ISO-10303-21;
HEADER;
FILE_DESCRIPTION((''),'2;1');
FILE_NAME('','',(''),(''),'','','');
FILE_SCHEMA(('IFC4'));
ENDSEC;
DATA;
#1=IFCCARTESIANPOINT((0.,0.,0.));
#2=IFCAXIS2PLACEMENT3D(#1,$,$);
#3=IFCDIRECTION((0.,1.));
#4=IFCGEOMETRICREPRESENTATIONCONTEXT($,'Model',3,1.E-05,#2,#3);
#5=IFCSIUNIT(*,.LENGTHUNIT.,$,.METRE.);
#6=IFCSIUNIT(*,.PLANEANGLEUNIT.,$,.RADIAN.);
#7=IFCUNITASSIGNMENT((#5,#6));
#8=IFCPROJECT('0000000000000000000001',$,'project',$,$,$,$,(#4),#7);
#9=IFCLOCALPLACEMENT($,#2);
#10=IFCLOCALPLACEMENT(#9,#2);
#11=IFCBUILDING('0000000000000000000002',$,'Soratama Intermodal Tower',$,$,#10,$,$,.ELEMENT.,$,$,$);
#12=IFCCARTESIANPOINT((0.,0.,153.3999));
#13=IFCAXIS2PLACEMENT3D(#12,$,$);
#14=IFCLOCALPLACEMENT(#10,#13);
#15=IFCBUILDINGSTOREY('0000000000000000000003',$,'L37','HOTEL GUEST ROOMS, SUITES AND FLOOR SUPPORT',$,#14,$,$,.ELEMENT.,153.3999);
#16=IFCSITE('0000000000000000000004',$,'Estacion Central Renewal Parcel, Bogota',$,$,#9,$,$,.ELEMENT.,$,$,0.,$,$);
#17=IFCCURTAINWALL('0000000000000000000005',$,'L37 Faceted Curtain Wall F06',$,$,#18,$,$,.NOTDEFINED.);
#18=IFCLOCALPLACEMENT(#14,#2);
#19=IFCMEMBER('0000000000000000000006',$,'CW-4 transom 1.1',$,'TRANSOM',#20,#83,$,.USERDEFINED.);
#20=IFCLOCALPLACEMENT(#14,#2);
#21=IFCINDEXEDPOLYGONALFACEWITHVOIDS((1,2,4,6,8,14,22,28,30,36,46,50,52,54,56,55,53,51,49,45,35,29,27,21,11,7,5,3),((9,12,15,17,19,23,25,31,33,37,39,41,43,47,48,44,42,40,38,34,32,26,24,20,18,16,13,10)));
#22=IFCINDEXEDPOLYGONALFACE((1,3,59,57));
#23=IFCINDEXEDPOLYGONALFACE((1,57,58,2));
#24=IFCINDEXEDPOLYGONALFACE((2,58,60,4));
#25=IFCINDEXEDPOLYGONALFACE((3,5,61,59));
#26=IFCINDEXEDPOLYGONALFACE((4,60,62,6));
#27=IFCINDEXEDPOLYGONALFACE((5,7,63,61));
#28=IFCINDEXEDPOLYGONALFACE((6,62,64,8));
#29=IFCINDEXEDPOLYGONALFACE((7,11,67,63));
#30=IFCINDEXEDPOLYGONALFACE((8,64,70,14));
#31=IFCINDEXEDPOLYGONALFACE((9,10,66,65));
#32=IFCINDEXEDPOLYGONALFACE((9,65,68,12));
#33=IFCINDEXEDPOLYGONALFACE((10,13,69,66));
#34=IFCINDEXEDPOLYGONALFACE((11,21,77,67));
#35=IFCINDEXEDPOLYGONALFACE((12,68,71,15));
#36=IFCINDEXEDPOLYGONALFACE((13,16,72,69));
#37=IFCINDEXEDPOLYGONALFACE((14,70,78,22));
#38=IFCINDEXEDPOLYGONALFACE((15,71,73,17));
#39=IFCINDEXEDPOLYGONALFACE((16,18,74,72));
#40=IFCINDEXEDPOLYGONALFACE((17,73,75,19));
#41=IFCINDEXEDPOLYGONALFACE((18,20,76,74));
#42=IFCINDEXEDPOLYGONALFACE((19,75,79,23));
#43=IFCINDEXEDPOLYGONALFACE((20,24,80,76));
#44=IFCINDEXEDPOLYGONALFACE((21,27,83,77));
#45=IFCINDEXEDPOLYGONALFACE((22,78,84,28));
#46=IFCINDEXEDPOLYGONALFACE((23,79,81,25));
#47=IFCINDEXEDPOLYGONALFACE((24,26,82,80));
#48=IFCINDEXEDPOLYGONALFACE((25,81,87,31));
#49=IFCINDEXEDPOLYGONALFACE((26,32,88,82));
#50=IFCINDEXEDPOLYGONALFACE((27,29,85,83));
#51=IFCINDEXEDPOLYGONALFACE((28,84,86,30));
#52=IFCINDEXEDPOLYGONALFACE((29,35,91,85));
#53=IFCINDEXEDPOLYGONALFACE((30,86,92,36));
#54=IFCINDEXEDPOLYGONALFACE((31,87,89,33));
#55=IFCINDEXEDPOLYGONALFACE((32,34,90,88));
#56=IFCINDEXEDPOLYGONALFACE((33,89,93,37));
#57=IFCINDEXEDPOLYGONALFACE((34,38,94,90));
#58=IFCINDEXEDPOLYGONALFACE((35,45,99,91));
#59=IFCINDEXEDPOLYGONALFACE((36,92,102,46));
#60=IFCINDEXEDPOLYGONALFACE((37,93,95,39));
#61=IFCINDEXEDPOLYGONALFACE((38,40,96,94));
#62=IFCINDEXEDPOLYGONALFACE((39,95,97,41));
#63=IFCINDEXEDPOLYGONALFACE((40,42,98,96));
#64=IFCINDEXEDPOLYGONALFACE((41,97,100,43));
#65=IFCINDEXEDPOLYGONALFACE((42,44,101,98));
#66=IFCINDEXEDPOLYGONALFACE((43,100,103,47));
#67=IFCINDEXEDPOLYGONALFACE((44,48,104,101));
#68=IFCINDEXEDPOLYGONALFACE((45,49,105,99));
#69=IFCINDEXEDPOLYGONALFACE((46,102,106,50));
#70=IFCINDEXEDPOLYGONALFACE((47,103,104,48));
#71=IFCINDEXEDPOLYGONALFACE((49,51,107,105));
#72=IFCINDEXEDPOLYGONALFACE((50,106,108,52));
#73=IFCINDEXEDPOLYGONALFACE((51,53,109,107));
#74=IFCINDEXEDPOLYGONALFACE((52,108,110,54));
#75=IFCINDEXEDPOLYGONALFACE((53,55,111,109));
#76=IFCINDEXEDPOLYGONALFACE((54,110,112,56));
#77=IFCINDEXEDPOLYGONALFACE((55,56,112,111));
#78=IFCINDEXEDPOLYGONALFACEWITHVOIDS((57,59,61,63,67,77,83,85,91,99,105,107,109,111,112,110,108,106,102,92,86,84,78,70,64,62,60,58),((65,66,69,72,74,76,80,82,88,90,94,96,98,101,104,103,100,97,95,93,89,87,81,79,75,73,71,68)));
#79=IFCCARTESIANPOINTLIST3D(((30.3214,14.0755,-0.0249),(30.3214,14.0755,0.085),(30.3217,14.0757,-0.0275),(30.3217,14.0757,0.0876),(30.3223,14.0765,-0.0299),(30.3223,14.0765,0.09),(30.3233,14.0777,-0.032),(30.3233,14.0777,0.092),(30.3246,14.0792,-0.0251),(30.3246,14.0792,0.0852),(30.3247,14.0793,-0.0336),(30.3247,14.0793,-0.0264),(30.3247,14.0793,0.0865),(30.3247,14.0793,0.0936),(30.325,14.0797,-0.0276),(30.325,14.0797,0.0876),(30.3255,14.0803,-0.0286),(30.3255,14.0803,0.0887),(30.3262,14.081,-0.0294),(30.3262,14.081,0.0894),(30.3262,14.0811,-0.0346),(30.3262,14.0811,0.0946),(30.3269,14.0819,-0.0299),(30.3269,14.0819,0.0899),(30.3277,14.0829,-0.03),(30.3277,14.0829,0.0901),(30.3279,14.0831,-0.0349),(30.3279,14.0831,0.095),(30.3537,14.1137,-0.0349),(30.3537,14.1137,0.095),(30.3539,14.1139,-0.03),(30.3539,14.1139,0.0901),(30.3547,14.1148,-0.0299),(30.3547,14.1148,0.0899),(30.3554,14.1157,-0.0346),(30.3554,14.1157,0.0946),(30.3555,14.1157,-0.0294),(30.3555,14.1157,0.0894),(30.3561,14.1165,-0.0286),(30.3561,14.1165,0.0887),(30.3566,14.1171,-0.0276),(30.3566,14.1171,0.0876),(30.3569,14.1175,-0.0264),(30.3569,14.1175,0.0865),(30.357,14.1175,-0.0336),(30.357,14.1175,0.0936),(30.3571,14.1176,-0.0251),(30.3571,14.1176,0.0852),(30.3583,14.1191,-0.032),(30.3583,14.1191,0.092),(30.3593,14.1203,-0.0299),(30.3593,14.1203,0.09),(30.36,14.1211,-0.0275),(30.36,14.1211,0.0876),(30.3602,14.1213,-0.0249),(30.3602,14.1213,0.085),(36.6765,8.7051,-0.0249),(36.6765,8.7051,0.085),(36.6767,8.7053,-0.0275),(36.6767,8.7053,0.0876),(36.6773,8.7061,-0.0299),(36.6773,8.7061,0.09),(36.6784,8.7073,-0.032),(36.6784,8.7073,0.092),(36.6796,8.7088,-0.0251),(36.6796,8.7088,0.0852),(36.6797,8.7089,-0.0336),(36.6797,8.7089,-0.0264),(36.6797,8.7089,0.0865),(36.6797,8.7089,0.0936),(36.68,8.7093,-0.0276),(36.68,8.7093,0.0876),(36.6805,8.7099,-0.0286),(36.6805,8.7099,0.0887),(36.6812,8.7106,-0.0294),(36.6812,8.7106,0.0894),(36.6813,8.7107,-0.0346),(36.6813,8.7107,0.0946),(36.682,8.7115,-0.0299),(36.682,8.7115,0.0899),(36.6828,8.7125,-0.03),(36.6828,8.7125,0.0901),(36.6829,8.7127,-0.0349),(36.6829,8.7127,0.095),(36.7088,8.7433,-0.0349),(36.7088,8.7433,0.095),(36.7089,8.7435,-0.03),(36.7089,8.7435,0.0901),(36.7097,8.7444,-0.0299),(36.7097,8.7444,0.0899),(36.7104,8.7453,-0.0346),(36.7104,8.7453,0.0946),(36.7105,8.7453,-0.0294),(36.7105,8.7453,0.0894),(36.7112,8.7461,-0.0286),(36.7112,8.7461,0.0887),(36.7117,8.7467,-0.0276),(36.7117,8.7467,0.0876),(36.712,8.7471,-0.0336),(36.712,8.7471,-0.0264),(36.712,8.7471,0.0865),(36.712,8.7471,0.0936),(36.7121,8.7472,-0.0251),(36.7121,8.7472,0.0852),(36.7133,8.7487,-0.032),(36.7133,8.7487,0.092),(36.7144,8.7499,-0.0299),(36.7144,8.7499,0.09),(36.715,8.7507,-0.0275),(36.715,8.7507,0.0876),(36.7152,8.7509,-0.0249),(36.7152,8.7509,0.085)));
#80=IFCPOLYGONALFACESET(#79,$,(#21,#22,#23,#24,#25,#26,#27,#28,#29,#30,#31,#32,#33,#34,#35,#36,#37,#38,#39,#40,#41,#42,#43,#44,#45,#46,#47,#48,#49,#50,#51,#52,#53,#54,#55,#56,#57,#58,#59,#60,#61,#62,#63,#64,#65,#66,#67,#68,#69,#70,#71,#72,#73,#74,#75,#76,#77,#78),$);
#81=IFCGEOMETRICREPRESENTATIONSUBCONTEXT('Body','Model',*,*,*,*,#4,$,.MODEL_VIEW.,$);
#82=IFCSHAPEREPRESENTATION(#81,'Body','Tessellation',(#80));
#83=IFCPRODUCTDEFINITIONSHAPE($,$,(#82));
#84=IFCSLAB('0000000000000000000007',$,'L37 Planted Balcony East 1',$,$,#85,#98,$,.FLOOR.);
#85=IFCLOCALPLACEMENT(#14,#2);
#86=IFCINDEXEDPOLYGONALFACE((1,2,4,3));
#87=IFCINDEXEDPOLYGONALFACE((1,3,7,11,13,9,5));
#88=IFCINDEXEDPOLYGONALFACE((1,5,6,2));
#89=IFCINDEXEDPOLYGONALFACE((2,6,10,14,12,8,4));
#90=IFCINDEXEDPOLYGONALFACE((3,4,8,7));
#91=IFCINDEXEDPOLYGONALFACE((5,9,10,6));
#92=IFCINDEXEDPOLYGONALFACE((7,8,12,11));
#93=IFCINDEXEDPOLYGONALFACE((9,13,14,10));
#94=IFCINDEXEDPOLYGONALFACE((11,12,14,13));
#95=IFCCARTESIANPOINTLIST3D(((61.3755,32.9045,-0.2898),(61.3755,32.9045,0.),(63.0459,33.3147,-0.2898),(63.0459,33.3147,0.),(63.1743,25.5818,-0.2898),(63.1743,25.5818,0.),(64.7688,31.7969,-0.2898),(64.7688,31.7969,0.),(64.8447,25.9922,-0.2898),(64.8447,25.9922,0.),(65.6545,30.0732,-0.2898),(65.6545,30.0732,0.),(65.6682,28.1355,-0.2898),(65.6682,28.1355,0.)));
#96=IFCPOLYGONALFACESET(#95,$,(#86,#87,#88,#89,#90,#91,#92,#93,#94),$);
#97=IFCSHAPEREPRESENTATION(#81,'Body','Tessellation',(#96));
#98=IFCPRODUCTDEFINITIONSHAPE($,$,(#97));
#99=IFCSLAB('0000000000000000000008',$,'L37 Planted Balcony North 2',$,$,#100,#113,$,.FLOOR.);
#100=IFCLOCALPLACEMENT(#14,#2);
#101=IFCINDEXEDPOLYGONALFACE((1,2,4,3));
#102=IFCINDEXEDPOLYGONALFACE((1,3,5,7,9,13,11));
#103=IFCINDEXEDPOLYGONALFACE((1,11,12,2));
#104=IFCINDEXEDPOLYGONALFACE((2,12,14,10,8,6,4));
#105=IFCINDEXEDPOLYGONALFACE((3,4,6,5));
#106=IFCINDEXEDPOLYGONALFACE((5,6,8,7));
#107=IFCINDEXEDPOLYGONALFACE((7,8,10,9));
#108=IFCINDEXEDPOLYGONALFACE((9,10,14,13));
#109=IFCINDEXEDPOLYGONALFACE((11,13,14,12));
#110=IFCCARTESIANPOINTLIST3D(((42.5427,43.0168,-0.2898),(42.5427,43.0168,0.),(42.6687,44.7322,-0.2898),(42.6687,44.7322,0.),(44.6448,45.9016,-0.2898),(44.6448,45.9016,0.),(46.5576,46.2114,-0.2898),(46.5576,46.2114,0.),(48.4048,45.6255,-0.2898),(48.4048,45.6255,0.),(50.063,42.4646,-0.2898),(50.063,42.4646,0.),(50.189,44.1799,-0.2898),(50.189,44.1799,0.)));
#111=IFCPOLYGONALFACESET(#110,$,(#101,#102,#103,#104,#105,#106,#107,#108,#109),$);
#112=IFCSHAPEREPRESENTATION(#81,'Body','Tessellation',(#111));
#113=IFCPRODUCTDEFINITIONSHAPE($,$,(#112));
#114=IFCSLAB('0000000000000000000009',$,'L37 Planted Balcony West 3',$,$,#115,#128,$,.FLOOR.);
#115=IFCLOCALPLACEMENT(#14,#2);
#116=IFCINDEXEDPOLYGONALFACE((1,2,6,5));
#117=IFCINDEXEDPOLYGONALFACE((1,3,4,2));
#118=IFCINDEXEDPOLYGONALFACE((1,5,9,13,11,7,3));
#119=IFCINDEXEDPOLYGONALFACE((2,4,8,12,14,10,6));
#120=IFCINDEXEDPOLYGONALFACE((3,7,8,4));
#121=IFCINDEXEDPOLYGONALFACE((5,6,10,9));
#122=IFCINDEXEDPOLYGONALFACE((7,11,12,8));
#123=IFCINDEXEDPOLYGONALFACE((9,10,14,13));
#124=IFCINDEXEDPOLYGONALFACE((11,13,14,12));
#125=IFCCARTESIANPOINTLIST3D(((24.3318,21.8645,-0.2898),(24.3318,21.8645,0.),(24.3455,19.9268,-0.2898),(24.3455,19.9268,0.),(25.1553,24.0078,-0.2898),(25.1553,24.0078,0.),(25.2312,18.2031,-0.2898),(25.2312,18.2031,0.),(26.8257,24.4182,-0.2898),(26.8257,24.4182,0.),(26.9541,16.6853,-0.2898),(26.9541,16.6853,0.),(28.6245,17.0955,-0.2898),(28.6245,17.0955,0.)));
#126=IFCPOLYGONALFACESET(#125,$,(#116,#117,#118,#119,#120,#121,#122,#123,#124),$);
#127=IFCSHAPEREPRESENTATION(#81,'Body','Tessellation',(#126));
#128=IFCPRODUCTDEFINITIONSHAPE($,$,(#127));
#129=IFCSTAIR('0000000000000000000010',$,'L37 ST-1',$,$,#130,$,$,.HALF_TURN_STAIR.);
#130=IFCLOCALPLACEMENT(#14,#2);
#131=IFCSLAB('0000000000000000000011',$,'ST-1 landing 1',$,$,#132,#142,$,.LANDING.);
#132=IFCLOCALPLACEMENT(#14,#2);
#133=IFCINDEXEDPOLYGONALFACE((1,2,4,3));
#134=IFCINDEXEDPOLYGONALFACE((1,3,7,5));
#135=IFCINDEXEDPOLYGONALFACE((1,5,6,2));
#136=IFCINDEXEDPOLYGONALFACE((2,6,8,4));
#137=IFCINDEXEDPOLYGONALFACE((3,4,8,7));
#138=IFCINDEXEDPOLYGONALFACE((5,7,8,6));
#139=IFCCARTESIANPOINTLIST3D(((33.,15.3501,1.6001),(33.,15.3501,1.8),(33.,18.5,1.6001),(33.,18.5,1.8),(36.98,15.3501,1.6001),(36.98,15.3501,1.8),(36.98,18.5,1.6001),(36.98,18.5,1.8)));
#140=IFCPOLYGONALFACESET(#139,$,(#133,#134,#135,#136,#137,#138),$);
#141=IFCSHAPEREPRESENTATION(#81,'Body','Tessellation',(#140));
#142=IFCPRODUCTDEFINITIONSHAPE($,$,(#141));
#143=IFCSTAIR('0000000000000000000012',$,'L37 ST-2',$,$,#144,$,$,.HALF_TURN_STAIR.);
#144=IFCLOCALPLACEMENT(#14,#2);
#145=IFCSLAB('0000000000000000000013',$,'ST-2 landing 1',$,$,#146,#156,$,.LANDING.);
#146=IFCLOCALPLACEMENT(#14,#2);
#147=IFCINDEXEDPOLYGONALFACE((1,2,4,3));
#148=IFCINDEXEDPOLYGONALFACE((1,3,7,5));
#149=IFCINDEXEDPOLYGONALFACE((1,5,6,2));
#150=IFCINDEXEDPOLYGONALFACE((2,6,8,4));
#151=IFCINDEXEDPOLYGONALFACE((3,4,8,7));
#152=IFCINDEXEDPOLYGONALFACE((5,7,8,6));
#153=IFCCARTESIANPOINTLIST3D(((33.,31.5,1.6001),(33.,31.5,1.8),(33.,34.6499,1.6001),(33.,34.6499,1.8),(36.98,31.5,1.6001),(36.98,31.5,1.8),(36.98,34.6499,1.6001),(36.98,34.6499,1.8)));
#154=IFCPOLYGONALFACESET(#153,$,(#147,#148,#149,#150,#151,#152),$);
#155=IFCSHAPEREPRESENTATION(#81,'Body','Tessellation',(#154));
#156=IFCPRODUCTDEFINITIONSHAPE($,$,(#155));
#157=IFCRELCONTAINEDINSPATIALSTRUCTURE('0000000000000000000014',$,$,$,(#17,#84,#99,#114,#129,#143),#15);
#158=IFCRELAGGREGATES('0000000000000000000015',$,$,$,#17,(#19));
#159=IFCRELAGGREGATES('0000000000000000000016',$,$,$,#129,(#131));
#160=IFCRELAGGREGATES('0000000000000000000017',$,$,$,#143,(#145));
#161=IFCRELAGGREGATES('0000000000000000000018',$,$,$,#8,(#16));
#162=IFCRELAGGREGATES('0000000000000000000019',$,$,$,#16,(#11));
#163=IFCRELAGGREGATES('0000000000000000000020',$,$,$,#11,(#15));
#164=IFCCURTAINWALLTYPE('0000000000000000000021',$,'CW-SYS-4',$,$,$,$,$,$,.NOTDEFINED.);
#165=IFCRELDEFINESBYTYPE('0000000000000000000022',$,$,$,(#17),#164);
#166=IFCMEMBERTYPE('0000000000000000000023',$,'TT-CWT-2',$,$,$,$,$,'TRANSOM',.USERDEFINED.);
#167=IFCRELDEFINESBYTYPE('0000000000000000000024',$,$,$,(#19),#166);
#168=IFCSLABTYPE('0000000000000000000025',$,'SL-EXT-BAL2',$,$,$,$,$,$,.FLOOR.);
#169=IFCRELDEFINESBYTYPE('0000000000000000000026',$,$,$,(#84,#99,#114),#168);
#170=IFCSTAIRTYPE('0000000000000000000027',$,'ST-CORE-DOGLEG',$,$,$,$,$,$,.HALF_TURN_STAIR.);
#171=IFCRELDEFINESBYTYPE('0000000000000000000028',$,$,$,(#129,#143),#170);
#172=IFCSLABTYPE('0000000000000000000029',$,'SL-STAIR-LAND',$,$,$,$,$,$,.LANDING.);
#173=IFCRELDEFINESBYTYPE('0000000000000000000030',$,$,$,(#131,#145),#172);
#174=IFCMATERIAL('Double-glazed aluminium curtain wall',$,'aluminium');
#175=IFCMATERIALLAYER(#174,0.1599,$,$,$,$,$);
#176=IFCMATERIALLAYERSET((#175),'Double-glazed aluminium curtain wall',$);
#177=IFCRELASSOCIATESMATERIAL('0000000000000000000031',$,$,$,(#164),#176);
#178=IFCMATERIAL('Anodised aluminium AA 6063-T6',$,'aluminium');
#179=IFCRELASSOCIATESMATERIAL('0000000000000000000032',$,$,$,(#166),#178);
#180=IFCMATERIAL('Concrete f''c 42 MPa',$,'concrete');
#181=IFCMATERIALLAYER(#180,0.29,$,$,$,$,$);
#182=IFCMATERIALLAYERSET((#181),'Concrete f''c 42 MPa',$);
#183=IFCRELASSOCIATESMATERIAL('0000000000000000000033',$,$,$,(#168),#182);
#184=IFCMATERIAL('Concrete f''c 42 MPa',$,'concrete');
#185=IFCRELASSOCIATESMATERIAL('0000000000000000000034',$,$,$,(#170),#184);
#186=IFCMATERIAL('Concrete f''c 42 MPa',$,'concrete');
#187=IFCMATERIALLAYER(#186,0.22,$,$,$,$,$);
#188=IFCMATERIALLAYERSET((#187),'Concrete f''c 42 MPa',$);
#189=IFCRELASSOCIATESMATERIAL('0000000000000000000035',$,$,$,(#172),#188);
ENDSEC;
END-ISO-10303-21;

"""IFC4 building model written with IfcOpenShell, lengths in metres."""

from ifc_helpers import new_model, si_unit, direction, frame, origin, origin_2d, place, context, subcontext, project, spatial, polyline, hollow_rectangle, outline, extrude, material, layer, layer_set, material_profile, profile_set, type_object, element, aggregate, save


model = new_model("IFC4")

# Units and contexts
model_context = context("Model", 3, precision=1e-05, world=origin(), true_north=direction((0.0, 1.0)))
body_context = subcontext(model_context, "Body", "Model", "MODEL_VIEW")
ifc_project = project(units=[si_unit("LENGTHUNIT", "METRE"), si_unit("PLANEANGLEUNIT", "RADIAN")], contexts=[model_context])

# Site, building, storey
site_placement = place(None, origin())
site = spatial("IfcSite", under=ifc_project, at=site_placement, Name="Estacion Central Renewal Parcel, Bogota", CompositionType="ELEMENT", RefElevation=0.0)
building_placement = place(site_placement, origin())
building = spatial("IfcBuilding", under=site, at=building_placement, Name="Soratama Intermodal Tower", CompositionType="ELEMENT")
storey_placement = place(building_placement, frame((0.0, 0.0, 153.3999)))
storey = spatial("IfcBuildingStorey", under=building, at=storey_placement, Name="L37", Description="HOTEL GUEST ROOMS, SUITES AND FLOOR SUPPORT", CompositionType="ELEMENT", Elevation=153.3999)

# Curtain wall, member
ifc_material_1 = material(Name="Double-glazed aluminium curtain wall", Category="aluminium")
ifc_layer_1 = layer(ifc_material_1, 0.1599)
ifc_layer_set_1 = layer_set([ifc_layer_1], Name="Double-glazed aluminium curtain wall")
curtain_wall_type = type_object("IfcCurtainWallType", Name="CW-SYS-4", PredefinedType="NOTDEFINED", material=ifc_layer_set_1)
curtain_wall_placement = place(storey_placement, origin())
curtain_wall = element("IfcCurtainWall", 1, at=curtain_wall_placement, inside=storey, type_object=curtain_wall_type, Name="L37 Faceted Curtain Wall F06", PredefinedType="NOTDEFINED")
ifc_material_2 = material(Name="Anodised aluminium AA 6063-T6", Category="aluminium")
ifc_material_profile_1 = material_profile(ifc_material_2, hollow_rectangle(XDim=0.0601, YDim=0.1299, WallThickness=0.0049, InnerFilletRadius=0.0049, OuterFilletRadius=0.01, at=origin_2d()), Name="CWT130X60X5")
ifc_profile_set_1 = profile_set([ifc_material_profile_1], Name="Anodised aluminium AA 6063-T6")
member_type_1 = type_object("IfcMemberType", Name="TT-CWT-2", ElementType="TRANSOM", PredefinedType="USERDEFINED", material=ifc_profile_set_1)
member_1_placement = place(storey_placement, frame((30.3408, 14.0984, 0.03), z_axis=(0.763797, -0.645457, 0.0), x_axis=(0.645457, 0.763797, 0.0)))
member_1 = element("IfcMember", 2, at=member_1_placement, type_object=member_type_1, Name="CW-4 transom 1.1", ObjectType="TRANSOM", PredefinedType="USERDEFINED", context=body_context, shape_type="SweptSolid", body=[
    extrude(hollow_rectangle(XDim=0.0601, YDim=0.1299, WallThickness=0.0049, InnerFilletRadius=0.0049, OuterFilletRadius=0.01, at=origin_2d()), origin(), (0.0, 0.0, 1.0), 8.3203),
])
aggregate(curtain_wall, [member_1])

# Slabs
ifc_material_3 = material(Name="Concrete f'c 42 MPa", Category="concrete")
ifc_layer_2 = layer(ifc_material_3, 0.29)
ifc_layer_set_2 = layer_set([ifc_layer_2], Name="Concrete f'c 42 MPa")
slab_type_1 = type_object("IfcSlabType", Name="SL-EXT-BAL2", PredefinedType="FLOOR", material=ifc_layer_set_2)
slab_1_placement = place(storey_placement, frame((0.0, 0.0, -0.2898)))
element("IfcSlab", 3, at=slab_1_placement, inside=storey, type_object=slab_type_1, Name="L37 Planted Balcony East 1", PredefinedType="FLOOR", context=body_context, shape_type="SweptSolid", body=[
    extrude(outline(polyline([(63.1743, 25.5818), (61.3755, 32.9045), (63.0459, 33.3147), (64.7688, 31.7969), (65.6545, 30.0732), (65.6682, 28.1355), (64.8447, 25.9922), (63.1743, 25.5818)])), origin(), (0.0, 0.0, 1.0), 0.2898),
])
slab_2_placement = place(storey_placement, frame((0.0, 0.0, -0.2898)))
element("IfcSlab", 4, at=slab_2_placement, inside=storey, type_object=slab_type_1, Name="L37 Planted Balcony North 2", PredefinedType="FLOOR", context=body_context, shape_type="SweptSolid", body=[
    extrude(outline(polyline([(50.063, 42.4646), (42.5427, 43.0168), (42.6687, 44.7322), (44.6448, 45.9016), (46.5576, 46.2114), (48.4048, 45.6255), (50.189, 44.1799), (50.063, 42.4646)])), origin(), (0.0, 0.0, 1.0), 0.2898),
])
slab_3_placement = place(storey_placement, frame((0.0, 0.0, -0.2898)))
element("IfcSlab", 5, at=slab_3_placement, inside=storey, type_object=slab_type_1, Name="L37 Planted Balcony West 3", PredefinedType="FLOOR", context=body_context, shape_type="SweptSolid", body=[
    extrude(outline(polyline([(26.8257, 24.4182), (28.6245, 17.0955), (26.9541, 16.6853), (25.2312, 18.2031), (24.3455, 19.9268), (24.3318, 21.8645), (25.1553, 24.0078), (26.8257, 24.4182)])), origin(), (0.0, 0.0, 1.0), 0.2898),
])

# Stairs, slabs
ifc_material_4 = material(Name="Concrete f'c 42 MPa", Category="concrete")
stair_type = type_object("IfcStairType", Name="ST-CORE-DOGLEG", PredefinedType="HALF_TURN_STAIR", material=ifc_material_4)
stair_1_placement = place(storey_placement, origin())
stair_1 = element("IfcStair", 6, at=stair_1_placement, inside=storey, type_object=stair_type, Name="L37 ST-1", PredefinedType="HALF_TURN_STAIR")
ifc_material_5 = material(Name="Concrete f'c 42 MPa", Category="concrete")
ifc_layer_3 = layer(ifc_material_5, 0.22)
ifc_layer_set_3 = layer_set([ifc_layer_3], Name="Concrete f'c 42 MPa")
slab_type_2 = type_object("IfcSlabType", Name="SL-STAIR-LAND", PredefinedType="LANDING", material=ifc_layer_set_3)
slab_4_placement = place(storey_placement, frame((0.0, 0.0, 1.6001)))
slab_4 = element("IfcSlab", 7, at=slab_4_placement, type_object=slab_type_2, Name="ST-1 landing 1", PredefinedType="LANDING", context=body_context, shape_type="SweptSolid", body=[
    extrude(outline(polyline([(36.98, 18.5), (33.0, 18.5), (33.0, 15.3501), (36.98, 15.3501), (36.98, 18.5)])), origin(), (0.0, 0.0, 1.0), 0.2),
])
aggregate(stair_1, [slab_4])
stair_2_placement = place(storey_placement, origin())
stair_2 = element("IfcStair", 8, at=stair_2_placement, inside=storey, type_object=stair_type, Name="L37 ST-2", PredefinedType="HALF_TURN_STAIR")
slab_5_placement = place(storey_placement, frame((0.0, 0.0, 1.6001)))
slab_5 = element("IfcSlab", 9, at=slab_5_placement, type_object=slab_type_2, Name="ST-2 landing 1", PredefinedType="LANDING", context=body_context, shape_type="SweptSolid", body=[
    extrude(outline(polyline([(36.98, 34.6499), (33.0, 34.6499), (33.0, 31.5), (36.98, 31.5), (36.98, 34.6499)])), origin(), (0.0, 0.0, 1.0), 0.2),
])
aggregate(stair_2, [slab_5])

save(model, "model.ifc")
